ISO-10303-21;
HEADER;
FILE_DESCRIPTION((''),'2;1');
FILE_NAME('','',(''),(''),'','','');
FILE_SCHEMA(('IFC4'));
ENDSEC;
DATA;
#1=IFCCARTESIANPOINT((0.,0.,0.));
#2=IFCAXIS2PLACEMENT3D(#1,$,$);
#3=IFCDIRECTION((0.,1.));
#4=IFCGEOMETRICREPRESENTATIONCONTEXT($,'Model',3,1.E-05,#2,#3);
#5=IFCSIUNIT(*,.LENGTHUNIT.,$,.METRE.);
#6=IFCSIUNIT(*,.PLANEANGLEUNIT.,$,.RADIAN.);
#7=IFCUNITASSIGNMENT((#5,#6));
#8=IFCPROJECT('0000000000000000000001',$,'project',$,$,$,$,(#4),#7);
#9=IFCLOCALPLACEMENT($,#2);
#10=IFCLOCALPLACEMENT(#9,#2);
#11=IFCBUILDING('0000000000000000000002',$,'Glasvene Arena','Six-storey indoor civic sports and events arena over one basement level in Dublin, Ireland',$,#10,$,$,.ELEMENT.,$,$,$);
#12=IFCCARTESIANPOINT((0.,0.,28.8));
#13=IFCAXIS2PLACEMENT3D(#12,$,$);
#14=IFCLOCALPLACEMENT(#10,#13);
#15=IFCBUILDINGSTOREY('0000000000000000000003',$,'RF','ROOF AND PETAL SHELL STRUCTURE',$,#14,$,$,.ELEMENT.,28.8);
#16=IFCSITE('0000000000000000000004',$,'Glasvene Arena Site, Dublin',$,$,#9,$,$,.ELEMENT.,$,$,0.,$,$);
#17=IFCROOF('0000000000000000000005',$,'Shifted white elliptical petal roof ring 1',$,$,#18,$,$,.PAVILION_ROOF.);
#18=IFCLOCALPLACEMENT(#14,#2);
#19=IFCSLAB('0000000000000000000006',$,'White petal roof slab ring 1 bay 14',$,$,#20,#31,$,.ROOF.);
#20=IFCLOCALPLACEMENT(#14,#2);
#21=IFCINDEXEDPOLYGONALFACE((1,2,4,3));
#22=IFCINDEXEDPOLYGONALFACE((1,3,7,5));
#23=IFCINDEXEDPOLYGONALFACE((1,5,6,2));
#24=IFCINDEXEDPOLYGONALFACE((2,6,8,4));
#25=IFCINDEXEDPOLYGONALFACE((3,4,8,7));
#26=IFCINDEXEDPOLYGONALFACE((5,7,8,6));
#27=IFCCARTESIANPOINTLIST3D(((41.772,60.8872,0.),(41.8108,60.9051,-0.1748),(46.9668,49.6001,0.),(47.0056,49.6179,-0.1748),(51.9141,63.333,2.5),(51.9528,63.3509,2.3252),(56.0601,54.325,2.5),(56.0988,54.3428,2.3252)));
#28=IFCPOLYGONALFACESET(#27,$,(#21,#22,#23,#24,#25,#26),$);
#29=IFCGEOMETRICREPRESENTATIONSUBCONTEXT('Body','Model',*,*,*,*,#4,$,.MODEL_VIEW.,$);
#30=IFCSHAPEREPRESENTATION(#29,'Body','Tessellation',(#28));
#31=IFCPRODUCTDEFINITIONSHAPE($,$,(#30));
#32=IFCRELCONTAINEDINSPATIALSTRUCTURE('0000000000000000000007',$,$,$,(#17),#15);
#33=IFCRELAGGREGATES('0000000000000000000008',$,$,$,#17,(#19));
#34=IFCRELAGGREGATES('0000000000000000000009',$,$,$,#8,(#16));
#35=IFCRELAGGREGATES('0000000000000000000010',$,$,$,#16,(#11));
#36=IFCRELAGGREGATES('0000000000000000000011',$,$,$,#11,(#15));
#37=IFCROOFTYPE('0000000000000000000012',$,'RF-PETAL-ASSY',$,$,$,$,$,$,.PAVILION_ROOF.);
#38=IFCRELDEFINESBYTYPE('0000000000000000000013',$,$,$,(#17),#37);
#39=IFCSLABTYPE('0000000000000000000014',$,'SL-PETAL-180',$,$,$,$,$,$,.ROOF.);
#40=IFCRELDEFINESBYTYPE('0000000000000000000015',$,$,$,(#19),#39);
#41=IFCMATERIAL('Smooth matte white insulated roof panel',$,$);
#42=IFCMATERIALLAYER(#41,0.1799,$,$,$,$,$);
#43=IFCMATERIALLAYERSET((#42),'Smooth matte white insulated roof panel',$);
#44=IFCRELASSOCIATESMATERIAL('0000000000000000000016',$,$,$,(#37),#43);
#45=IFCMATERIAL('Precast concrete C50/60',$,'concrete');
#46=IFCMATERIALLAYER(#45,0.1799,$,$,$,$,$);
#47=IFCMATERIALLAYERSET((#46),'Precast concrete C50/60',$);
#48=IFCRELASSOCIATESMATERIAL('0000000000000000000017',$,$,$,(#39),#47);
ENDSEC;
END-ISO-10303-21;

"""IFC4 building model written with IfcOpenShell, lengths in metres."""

from ifc_helpers import new_model, si_unit, direction, frame, origin, place, context, subcontext, project, spatial, polyline, outline, extrude, material, layer, layer_set, type_object, element, aggregate, save


model = new_model("IFC4")

# Units and contexts
model_context = context("Model", 3, precision=1e-05, world=origin(), true_north=direction((0.0, 1.0)))
body_context = subcontext(model_context, "Body", "Model", "MODEL_VIEW")
ifc_project = project(units=[si_unit("LENGTHUNIT", "METRE"), si_unit("PLANEANGLEUNIT", "RADIAN")], contexts=[model_context])

# Site, building, storey
site_placement = place(None, origin())
site = spatial("IfcSite", under=ifc_project, at=site_placement, Name="Glasvene Arena Site, Dublin", CompositionType="ELEMENT", RefElevation=0.0)
building_placement = place(site_placement, origin())
building = spatial("IfcBuilding", under=site, at=building_placement, Name="Glasvene Arena", Description="Six-storey indoor civic sports and events arena over one basement level in Dublin, Ireland", CompositionType="ELEMENT")
storey_placement = place(building_placement, frame((0.0, 0.0, 28.8)))
storey = spatial("IfcBuildingStorey", under=building, at=storey_placement, Name="RF", Description="ROOF AND PETAL SHELL STRUCTURE", CompositionType="ELEMENT", Elevation=28.8)

# Roof, slab
ifc_material_1 = material(Name="Smooth matte white insulated roof panel")
ifc_layer_1 = layer(ifc_material_1, 0.1799)
ifc_layer_set_1 = layer_set([ifc_layer_1], Name="Smooth matte white insulated roof panel")
roof_type = type_object("IfcRoofType", Name="RF-PETAL-ASSY", PredefinedType="PAVILION_ROOF", material=ifc_layer_set_1)
roof_placement = place(storey_placement, frame((92.0, 73.0, 0.0)))
roof = element("IfcRoof", 1, at=roof_placement, inside=storey, type_object=roof_type, Name="Shifted white elliptical petal roof ring 1", PredefinedType="PAVILION_ROOF")
ifc_material_2 = material(Name="Precast concrete C50/60", Category="concrete")
ifc_layer_2 = layer(ifc_material_2, 0.1799)
ifc_layer_set_2 = layer_set([ifc_layer_2], Name="Precast concrete C50/60")
slab_type = type_object("IfcSlabType", Name="SL-PETAL-180", PredefinedType="ROOF", material=ifc_layer_set_2)
slab_placement = place(storey_placement, frame((41.772, 60.8872, 0.0), z_axis=(-0.215535, -0.0992, 0.971444), x_axis=(0.418089, -0.908406, -0.000001)))
slab = element("IfcSlab", 2, at=slab_placement, type_object=slab_type, Name="White petal roof slab ring 1 bay 14", PredefinedType="ROOF", context=body_context, shape_type="SweptSolid", body=[
    extrude(outline(polyline([(0.0, 0.0), (12.4252, 0.0), (11.9349, 10.5367), (2.0185, 10.5366), (0.0, 0.0)])), origin(), (0.0, 0.0, -1.0), 0.1799),
])
aggregate(roof, [slab])

save(model, "model.ifc")
